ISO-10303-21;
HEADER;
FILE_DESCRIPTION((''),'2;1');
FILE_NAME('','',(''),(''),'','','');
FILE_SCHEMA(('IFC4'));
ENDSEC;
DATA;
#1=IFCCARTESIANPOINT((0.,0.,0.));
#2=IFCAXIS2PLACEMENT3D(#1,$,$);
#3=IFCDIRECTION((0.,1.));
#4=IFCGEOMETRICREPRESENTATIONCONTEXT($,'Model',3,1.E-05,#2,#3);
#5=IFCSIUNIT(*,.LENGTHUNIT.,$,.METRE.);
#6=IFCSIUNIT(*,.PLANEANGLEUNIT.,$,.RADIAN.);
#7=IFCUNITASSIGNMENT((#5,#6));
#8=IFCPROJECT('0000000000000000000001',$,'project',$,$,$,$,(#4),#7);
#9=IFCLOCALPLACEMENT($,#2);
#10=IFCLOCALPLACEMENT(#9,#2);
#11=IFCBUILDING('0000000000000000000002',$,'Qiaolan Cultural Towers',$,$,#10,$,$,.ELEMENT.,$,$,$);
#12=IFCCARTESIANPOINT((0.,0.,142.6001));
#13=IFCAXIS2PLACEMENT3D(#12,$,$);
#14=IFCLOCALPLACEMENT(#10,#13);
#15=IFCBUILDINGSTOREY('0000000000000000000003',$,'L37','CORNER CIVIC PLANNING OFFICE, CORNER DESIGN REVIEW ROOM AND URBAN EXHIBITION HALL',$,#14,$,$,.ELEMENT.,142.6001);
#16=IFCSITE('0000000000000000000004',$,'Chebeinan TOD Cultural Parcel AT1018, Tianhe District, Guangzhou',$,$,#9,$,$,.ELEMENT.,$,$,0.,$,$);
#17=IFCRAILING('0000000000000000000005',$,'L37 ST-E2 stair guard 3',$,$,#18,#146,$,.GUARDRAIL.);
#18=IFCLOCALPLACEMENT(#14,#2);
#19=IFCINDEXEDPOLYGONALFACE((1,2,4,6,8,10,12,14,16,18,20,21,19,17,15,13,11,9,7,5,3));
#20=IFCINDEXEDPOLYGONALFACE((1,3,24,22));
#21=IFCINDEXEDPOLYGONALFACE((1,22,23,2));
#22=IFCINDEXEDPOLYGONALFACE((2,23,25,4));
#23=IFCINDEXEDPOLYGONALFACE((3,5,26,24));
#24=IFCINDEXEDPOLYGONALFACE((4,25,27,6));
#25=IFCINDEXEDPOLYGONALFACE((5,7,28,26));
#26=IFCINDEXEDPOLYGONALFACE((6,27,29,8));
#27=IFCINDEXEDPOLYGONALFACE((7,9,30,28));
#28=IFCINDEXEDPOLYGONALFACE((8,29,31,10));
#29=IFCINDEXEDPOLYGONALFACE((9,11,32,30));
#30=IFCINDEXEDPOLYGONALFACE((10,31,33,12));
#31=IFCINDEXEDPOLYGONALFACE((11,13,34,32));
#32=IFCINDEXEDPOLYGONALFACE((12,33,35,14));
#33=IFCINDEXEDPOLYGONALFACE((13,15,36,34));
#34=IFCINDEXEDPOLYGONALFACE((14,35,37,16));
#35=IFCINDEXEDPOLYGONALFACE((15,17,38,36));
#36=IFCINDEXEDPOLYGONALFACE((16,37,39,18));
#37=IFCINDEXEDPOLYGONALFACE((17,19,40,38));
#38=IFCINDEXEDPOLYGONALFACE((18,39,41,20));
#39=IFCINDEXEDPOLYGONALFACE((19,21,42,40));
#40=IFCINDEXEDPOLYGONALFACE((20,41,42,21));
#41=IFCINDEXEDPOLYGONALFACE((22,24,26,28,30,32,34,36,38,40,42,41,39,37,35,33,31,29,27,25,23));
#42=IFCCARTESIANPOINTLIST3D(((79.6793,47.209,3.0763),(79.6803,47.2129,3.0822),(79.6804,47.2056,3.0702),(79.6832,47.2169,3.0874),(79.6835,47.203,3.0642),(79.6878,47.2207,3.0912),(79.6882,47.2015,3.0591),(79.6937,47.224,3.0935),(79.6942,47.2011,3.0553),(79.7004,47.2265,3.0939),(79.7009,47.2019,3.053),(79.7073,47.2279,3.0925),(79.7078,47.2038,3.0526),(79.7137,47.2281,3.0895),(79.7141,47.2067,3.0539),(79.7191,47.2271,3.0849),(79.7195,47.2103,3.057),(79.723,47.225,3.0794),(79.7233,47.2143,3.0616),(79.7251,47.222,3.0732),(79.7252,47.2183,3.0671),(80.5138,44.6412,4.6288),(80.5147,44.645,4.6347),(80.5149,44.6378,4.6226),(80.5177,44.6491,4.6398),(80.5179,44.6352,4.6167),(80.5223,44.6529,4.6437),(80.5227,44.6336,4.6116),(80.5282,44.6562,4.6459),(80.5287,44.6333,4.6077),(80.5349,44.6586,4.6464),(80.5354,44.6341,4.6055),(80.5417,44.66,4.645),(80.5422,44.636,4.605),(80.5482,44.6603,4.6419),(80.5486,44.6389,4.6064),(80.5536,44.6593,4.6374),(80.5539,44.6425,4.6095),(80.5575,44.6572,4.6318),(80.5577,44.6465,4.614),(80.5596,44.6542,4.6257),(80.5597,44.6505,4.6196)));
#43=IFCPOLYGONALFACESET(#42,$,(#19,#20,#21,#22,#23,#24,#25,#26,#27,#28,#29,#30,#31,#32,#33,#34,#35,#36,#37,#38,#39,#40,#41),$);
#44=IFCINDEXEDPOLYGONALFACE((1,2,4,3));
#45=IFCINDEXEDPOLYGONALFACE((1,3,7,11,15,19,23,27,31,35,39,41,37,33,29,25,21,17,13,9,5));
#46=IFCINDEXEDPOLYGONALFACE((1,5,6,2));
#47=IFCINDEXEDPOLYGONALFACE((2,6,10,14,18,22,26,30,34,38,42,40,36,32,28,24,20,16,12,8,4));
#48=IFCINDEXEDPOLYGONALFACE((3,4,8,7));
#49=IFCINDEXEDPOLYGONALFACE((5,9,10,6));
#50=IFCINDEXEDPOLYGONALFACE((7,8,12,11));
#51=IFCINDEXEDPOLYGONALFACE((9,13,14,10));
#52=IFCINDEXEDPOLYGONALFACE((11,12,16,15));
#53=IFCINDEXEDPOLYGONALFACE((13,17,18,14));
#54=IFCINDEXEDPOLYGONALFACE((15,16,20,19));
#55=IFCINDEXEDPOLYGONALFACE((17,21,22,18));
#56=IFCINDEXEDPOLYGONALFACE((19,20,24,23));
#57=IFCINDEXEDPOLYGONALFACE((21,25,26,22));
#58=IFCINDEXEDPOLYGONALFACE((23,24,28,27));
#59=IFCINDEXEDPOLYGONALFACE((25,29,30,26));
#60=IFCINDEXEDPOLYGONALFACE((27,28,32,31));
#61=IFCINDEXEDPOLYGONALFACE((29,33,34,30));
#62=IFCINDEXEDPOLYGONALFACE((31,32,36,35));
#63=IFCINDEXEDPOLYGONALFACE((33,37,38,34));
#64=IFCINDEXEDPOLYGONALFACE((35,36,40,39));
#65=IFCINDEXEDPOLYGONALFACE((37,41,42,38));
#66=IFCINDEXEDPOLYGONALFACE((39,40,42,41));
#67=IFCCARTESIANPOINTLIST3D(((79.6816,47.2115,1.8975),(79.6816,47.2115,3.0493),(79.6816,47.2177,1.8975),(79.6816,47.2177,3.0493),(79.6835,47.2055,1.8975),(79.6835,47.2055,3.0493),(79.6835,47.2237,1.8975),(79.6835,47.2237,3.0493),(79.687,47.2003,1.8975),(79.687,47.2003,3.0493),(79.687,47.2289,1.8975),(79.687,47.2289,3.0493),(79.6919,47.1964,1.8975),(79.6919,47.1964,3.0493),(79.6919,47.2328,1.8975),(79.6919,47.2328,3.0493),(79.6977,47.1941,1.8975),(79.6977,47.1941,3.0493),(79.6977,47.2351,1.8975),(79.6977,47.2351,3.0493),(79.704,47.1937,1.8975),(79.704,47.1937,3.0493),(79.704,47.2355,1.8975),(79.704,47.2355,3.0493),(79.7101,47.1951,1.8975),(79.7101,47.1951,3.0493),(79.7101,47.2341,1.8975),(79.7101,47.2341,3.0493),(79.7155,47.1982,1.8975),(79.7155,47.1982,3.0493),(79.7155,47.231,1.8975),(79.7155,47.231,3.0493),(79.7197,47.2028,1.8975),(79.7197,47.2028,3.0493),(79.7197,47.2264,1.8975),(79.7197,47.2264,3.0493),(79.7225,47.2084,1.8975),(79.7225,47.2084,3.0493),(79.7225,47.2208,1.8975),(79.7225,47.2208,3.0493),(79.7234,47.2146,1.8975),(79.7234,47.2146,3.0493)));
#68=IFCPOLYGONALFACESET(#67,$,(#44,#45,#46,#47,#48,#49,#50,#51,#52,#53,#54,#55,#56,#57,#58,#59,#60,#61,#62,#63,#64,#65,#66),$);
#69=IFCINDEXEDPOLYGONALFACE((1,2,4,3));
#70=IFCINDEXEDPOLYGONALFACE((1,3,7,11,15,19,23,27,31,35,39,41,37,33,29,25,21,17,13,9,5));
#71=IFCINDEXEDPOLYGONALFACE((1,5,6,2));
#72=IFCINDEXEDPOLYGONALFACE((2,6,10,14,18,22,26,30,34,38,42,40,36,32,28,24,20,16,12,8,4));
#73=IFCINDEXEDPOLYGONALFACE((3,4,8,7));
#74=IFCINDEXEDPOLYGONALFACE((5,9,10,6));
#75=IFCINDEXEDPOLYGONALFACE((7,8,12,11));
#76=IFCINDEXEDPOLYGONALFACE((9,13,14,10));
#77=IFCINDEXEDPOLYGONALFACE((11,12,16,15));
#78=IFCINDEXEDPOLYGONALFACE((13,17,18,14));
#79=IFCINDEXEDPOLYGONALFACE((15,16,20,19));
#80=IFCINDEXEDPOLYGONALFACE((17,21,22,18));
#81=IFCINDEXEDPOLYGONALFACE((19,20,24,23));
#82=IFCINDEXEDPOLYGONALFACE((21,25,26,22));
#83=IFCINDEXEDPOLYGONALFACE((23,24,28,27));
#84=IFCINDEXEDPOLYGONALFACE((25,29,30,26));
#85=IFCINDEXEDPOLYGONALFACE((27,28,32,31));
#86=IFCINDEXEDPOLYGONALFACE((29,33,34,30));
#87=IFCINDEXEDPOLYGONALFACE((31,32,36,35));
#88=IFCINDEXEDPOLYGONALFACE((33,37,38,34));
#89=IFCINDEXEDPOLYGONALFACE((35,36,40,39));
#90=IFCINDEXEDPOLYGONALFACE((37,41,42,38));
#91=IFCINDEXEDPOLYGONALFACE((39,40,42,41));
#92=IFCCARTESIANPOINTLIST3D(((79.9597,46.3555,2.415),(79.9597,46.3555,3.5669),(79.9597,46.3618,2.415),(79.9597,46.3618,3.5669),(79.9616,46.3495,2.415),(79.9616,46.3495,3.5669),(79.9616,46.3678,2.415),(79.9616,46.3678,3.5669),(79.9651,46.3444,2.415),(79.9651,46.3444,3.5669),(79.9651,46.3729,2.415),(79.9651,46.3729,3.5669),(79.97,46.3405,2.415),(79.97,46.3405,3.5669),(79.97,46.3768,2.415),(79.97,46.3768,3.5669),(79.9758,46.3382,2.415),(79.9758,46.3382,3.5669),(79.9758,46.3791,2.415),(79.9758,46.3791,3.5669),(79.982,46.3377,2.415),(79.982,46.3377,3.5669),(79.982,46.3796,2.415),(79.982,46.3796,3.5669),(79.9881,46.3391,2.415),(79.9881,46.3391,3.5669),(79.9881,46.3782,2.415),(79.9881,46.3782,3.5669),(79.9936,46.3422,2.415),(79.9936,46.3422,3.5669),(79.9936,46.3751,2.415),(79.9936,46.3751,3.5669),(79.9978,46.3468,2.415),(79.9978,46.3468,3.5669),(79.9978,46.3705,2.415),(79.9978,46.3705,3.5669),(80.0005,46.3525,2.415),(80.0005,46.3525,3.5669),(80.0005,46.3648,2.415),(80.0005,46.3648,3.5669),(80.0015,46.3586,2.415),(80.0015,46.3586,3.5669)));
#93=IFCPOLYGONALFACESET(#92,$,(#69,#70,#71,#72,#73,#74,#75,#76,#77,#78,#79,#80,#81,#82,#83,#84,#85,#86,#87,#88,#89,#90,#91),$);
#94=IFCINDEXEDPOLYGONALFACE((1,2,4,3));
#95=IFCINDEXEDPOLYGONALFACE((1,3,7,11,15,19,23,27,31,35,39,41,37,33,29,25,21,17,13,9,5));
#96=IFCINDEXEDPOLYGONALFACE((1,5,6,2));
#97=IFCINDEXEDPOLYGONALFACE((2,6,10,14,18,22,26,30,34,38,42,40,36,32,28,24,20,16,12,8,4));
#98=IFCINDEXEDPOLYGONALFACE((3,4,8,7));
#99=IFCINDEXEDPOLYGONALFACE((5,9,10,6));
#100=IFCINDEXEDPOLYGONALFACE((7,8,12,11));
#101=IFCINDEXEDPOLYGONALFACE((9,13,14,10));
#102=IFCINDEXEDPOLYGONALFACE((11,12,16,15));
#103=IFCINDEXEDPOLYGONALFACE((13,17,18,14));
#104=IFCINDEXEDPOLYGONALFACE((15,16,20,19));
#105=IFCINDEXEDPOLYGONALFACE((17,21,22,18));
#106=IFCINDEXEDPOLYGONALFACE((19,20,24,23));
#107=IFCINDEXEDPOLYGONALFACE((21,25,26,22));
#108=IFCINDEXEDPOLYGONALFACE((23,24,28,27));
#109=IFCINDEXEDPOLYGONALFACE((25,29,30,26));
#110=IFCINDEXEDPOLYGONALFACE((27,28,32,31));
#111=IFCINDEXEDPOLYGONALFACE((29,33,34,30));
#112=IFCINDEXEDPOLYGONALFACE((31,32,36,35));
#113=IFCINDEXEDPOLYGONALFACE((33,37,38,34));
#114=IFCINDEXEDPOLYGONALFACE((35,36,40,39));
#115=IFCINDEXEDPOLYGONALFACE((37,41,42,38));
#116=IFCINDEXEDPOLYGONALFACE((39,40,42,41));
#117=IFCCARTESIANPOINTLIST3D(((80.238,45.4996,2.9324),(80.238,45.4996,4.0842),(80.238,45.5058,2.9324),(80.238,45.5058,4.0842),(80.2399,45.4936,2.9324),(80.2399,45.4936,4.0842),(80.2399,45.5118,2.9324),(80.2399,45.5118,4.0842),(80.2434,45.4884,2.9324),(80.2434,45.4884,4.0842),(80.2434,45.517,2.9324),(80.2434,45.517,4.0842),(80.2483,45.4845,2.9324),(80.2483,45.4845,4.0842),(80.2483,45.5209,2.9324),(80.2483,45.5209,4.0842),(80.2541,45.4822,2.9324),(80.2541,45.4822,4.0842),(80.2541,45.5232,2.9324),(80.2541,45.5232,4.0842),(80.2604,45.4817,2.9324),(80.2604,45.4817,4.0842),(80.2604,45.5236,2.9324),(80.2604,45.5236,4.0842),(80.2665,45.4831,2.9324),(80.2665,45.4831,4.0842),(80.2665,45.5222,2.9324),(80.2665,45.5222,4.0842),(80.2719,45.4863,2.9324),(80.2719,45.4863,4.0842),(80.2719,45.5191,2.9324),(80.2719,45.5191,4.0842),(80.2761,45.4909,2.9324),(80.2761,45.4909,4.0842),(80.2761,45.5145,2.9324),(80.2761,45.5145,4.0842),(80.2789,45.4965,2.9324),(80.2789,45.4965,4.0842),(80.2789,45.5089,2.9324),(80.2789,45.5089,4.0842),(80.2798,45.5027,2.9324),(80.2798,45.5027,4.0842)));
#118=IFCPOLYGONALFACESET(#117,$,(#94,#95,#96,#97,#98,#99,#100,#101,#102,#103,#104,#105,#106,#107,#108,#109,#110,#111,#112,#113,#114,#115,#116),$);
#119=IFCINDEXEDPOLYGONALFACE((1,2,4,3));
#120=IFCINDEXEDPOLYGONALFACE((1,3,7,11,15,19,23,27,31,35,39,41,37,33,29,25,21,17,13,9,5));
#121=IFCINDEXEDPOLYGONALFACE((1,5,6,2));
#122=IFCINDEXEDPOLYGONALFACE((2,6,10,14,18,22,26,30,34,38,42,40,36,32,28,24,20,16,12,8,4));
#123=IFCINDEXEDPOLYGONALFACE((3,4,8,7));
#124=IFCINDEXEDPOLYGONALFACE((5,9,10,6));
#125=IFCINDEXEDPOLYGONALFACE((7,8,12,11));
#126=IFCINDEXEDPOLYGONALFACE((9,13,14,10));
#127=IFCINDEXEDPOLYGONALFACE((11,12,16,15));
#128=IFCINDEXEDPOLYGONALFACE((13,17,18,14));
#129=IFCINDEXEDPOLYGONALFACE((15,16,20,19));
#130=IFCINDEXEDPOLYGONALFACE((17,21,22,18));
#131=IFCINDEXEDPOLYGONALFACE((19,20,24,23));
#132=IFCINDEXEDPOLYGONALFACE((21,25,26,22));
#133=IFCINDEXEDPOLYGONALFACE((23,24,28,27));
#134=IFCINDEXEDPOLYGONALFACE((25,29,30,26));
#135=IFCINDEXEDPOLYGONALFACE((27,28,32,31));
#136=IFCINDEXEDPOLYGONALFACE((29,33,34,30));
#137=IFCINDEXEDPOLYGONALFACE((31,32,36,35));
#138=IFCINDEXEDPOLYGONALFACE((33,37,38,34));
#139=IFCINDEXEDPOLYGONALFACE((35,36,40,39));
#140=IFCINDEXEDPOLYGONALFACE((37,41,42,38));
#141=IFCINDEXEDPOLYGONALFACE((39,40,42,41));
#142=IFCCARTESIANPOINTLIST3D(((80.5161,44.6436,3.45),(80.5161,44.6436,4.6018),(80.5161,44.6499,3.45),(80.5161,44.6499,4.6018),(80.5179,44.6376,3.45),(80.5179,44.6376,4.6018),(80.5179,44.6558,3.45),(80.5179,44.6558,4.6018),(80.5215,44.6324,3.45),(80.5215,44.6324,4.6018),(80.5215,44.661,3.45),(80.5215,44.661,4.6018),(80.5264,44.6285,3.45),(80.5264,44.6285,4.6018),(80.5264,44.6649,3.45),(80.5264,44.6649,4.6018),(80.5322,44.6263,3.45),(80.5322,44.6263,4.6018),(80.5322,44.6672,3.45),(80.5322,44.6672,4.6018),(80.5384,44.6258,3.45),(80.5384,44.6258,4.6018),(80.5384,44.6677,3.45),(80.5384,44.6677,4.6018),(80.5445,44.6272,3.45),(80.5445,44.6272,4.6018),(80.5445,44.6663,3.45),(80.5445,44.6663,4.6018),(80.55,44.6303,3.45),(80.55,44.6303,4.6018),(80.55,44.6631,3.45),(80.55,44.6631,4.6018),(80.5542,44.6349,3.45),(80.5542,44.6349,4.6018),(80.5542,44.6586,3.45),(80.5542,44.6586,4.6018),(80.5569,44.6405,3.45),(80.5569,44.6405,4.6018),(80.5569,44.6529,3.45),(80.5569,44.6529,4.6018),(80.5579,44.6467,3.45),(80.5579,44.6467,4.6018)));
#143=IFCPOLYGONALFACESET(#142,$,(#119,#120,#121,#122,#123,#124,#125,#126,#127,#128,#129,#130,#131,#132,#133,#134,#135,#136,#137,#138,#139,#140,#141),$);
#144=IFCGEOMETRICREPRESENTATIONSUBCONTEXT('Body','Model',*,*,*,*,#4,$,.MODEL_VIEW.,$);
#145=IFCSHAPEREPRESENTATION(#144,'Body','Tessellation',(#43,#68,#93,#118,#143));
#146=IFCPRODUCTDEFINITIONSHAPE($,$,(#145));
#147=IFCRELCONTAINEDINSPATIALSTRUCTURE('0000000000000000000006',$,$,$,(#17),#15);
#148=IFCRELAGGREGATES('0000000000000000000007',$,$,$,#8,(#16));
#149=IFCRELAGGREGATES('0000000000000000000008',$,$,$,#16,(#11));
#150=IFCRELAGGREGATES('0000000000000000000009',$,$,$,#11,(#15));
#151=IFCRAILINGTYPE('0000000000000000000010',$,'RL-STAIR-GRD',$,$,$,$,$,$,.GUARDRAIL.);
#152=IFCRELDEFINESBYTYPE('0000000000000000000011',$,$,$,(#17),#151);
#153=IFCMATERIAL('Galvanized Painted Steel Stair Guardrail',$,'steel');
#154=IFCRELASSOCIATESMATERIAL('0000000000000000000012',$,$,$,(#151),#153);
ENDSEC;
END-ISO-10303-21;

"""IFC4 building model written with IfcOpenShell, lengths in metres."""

from ifc_helpers import new_model, si_unit, direction, frame, origin, origin_2d, place, context, subcontext, project, spatial, circle, extrude, material, type_object, element, save


model = new_model("IFC4")

# Units and contexts
model_context = context("Model", 3, precision=1e-05, world=origin(), true_north=direction((0.0, 1.0)))
body_context = subcontext(model_context, "Body", "Model", "MODEL_VIEW")
ifc_project = project(units=[si_unit("LENGTHUNIT", "METRE"), si_unit("PLANEANGLEUNIT", "RADIAN")], contexts=[model_context])

# Site, building, storey
site_placement = place(None, origin())
site = spatial("IfcSite", under=ifc_project, at=site_placement, Name="Chebeinan TOD Cultural Parcel AT1018, Tianhe District, Guangzhou", CompositionType="ELEMENT", RefElevation=0.0)
building_placement = place(site_placement, origin())
building = spatial("IfcBuilding", under=site, at=building_placement, Name="Qiaolan Cultural Towers", CompositionType="ELEMENT")
storey_placement = place(building_placement, frame((0.0, 0.0, 142.6001)))
storey = spatial("IfcBuildingStorey", under=building, at=storey_placement, Name="L37", Description="CORNER CIVIC PLANNING OFFICE, CORNER DESIGN REVIEW ROOM AND URBAN EXHIBITION HALL", CompositionType="ELEMENT", Elevation=142.6001)

# Railing
ifc_material_1 = material(Name="Galvanized Painted Steel Stair Guardrail", Category="steel")
railing_type_1 = type_object("IfcRailingType", Name="RL-STAIR-GRD", PredefinedType="GUARDRAIL", material=ifc_material_1)
railing_1_placement = place(storey_placement, frame((79.7024, 47.2146, 1.8975)))
element("IfcRailing", 1, at=railing_1_placement, inside=storey, type_object=railing_type_1, Name="L37 ST-E2 stair guard 3", PredefinedType="GUARDRAIL", context=body_context, shape_type="SweptSolid", body=[
    extrude(circle(Radius=0.0239, at=origin_2d()), frame((0.0, 0.0, 1.1758), z_axis=(0.267926, -0.824471, 0.498461), x_axis=(0.951043, 0.309057, 0.0)), (0.0, 0.0, 1.0), 3.1145),
    extrude(circle(Radius=0.021, at=origin_2d()), origin(), (0.0, 0.0, 1.0), 1.1519),
    extrude(circle(Radius=0.021, at=origin_2d()), frame((0.2781, -0.856, 0.5176)), (0.0, 0.0, 1.0), 1.1519),
    extrude(circle(Radius=0.021, at=origin_2d()), frame((0.5564, -1.7119, 1.0349)), (0.0, 0.0, 1.0), 1.1519),
    extrude(circle(Radius=0.021, at=origin_2d()), frame((0.8345, -2.5679, 1.5525)), (0.0, 0.0, 1.0), 1.1519),
])

save(model, "model.ifc")
